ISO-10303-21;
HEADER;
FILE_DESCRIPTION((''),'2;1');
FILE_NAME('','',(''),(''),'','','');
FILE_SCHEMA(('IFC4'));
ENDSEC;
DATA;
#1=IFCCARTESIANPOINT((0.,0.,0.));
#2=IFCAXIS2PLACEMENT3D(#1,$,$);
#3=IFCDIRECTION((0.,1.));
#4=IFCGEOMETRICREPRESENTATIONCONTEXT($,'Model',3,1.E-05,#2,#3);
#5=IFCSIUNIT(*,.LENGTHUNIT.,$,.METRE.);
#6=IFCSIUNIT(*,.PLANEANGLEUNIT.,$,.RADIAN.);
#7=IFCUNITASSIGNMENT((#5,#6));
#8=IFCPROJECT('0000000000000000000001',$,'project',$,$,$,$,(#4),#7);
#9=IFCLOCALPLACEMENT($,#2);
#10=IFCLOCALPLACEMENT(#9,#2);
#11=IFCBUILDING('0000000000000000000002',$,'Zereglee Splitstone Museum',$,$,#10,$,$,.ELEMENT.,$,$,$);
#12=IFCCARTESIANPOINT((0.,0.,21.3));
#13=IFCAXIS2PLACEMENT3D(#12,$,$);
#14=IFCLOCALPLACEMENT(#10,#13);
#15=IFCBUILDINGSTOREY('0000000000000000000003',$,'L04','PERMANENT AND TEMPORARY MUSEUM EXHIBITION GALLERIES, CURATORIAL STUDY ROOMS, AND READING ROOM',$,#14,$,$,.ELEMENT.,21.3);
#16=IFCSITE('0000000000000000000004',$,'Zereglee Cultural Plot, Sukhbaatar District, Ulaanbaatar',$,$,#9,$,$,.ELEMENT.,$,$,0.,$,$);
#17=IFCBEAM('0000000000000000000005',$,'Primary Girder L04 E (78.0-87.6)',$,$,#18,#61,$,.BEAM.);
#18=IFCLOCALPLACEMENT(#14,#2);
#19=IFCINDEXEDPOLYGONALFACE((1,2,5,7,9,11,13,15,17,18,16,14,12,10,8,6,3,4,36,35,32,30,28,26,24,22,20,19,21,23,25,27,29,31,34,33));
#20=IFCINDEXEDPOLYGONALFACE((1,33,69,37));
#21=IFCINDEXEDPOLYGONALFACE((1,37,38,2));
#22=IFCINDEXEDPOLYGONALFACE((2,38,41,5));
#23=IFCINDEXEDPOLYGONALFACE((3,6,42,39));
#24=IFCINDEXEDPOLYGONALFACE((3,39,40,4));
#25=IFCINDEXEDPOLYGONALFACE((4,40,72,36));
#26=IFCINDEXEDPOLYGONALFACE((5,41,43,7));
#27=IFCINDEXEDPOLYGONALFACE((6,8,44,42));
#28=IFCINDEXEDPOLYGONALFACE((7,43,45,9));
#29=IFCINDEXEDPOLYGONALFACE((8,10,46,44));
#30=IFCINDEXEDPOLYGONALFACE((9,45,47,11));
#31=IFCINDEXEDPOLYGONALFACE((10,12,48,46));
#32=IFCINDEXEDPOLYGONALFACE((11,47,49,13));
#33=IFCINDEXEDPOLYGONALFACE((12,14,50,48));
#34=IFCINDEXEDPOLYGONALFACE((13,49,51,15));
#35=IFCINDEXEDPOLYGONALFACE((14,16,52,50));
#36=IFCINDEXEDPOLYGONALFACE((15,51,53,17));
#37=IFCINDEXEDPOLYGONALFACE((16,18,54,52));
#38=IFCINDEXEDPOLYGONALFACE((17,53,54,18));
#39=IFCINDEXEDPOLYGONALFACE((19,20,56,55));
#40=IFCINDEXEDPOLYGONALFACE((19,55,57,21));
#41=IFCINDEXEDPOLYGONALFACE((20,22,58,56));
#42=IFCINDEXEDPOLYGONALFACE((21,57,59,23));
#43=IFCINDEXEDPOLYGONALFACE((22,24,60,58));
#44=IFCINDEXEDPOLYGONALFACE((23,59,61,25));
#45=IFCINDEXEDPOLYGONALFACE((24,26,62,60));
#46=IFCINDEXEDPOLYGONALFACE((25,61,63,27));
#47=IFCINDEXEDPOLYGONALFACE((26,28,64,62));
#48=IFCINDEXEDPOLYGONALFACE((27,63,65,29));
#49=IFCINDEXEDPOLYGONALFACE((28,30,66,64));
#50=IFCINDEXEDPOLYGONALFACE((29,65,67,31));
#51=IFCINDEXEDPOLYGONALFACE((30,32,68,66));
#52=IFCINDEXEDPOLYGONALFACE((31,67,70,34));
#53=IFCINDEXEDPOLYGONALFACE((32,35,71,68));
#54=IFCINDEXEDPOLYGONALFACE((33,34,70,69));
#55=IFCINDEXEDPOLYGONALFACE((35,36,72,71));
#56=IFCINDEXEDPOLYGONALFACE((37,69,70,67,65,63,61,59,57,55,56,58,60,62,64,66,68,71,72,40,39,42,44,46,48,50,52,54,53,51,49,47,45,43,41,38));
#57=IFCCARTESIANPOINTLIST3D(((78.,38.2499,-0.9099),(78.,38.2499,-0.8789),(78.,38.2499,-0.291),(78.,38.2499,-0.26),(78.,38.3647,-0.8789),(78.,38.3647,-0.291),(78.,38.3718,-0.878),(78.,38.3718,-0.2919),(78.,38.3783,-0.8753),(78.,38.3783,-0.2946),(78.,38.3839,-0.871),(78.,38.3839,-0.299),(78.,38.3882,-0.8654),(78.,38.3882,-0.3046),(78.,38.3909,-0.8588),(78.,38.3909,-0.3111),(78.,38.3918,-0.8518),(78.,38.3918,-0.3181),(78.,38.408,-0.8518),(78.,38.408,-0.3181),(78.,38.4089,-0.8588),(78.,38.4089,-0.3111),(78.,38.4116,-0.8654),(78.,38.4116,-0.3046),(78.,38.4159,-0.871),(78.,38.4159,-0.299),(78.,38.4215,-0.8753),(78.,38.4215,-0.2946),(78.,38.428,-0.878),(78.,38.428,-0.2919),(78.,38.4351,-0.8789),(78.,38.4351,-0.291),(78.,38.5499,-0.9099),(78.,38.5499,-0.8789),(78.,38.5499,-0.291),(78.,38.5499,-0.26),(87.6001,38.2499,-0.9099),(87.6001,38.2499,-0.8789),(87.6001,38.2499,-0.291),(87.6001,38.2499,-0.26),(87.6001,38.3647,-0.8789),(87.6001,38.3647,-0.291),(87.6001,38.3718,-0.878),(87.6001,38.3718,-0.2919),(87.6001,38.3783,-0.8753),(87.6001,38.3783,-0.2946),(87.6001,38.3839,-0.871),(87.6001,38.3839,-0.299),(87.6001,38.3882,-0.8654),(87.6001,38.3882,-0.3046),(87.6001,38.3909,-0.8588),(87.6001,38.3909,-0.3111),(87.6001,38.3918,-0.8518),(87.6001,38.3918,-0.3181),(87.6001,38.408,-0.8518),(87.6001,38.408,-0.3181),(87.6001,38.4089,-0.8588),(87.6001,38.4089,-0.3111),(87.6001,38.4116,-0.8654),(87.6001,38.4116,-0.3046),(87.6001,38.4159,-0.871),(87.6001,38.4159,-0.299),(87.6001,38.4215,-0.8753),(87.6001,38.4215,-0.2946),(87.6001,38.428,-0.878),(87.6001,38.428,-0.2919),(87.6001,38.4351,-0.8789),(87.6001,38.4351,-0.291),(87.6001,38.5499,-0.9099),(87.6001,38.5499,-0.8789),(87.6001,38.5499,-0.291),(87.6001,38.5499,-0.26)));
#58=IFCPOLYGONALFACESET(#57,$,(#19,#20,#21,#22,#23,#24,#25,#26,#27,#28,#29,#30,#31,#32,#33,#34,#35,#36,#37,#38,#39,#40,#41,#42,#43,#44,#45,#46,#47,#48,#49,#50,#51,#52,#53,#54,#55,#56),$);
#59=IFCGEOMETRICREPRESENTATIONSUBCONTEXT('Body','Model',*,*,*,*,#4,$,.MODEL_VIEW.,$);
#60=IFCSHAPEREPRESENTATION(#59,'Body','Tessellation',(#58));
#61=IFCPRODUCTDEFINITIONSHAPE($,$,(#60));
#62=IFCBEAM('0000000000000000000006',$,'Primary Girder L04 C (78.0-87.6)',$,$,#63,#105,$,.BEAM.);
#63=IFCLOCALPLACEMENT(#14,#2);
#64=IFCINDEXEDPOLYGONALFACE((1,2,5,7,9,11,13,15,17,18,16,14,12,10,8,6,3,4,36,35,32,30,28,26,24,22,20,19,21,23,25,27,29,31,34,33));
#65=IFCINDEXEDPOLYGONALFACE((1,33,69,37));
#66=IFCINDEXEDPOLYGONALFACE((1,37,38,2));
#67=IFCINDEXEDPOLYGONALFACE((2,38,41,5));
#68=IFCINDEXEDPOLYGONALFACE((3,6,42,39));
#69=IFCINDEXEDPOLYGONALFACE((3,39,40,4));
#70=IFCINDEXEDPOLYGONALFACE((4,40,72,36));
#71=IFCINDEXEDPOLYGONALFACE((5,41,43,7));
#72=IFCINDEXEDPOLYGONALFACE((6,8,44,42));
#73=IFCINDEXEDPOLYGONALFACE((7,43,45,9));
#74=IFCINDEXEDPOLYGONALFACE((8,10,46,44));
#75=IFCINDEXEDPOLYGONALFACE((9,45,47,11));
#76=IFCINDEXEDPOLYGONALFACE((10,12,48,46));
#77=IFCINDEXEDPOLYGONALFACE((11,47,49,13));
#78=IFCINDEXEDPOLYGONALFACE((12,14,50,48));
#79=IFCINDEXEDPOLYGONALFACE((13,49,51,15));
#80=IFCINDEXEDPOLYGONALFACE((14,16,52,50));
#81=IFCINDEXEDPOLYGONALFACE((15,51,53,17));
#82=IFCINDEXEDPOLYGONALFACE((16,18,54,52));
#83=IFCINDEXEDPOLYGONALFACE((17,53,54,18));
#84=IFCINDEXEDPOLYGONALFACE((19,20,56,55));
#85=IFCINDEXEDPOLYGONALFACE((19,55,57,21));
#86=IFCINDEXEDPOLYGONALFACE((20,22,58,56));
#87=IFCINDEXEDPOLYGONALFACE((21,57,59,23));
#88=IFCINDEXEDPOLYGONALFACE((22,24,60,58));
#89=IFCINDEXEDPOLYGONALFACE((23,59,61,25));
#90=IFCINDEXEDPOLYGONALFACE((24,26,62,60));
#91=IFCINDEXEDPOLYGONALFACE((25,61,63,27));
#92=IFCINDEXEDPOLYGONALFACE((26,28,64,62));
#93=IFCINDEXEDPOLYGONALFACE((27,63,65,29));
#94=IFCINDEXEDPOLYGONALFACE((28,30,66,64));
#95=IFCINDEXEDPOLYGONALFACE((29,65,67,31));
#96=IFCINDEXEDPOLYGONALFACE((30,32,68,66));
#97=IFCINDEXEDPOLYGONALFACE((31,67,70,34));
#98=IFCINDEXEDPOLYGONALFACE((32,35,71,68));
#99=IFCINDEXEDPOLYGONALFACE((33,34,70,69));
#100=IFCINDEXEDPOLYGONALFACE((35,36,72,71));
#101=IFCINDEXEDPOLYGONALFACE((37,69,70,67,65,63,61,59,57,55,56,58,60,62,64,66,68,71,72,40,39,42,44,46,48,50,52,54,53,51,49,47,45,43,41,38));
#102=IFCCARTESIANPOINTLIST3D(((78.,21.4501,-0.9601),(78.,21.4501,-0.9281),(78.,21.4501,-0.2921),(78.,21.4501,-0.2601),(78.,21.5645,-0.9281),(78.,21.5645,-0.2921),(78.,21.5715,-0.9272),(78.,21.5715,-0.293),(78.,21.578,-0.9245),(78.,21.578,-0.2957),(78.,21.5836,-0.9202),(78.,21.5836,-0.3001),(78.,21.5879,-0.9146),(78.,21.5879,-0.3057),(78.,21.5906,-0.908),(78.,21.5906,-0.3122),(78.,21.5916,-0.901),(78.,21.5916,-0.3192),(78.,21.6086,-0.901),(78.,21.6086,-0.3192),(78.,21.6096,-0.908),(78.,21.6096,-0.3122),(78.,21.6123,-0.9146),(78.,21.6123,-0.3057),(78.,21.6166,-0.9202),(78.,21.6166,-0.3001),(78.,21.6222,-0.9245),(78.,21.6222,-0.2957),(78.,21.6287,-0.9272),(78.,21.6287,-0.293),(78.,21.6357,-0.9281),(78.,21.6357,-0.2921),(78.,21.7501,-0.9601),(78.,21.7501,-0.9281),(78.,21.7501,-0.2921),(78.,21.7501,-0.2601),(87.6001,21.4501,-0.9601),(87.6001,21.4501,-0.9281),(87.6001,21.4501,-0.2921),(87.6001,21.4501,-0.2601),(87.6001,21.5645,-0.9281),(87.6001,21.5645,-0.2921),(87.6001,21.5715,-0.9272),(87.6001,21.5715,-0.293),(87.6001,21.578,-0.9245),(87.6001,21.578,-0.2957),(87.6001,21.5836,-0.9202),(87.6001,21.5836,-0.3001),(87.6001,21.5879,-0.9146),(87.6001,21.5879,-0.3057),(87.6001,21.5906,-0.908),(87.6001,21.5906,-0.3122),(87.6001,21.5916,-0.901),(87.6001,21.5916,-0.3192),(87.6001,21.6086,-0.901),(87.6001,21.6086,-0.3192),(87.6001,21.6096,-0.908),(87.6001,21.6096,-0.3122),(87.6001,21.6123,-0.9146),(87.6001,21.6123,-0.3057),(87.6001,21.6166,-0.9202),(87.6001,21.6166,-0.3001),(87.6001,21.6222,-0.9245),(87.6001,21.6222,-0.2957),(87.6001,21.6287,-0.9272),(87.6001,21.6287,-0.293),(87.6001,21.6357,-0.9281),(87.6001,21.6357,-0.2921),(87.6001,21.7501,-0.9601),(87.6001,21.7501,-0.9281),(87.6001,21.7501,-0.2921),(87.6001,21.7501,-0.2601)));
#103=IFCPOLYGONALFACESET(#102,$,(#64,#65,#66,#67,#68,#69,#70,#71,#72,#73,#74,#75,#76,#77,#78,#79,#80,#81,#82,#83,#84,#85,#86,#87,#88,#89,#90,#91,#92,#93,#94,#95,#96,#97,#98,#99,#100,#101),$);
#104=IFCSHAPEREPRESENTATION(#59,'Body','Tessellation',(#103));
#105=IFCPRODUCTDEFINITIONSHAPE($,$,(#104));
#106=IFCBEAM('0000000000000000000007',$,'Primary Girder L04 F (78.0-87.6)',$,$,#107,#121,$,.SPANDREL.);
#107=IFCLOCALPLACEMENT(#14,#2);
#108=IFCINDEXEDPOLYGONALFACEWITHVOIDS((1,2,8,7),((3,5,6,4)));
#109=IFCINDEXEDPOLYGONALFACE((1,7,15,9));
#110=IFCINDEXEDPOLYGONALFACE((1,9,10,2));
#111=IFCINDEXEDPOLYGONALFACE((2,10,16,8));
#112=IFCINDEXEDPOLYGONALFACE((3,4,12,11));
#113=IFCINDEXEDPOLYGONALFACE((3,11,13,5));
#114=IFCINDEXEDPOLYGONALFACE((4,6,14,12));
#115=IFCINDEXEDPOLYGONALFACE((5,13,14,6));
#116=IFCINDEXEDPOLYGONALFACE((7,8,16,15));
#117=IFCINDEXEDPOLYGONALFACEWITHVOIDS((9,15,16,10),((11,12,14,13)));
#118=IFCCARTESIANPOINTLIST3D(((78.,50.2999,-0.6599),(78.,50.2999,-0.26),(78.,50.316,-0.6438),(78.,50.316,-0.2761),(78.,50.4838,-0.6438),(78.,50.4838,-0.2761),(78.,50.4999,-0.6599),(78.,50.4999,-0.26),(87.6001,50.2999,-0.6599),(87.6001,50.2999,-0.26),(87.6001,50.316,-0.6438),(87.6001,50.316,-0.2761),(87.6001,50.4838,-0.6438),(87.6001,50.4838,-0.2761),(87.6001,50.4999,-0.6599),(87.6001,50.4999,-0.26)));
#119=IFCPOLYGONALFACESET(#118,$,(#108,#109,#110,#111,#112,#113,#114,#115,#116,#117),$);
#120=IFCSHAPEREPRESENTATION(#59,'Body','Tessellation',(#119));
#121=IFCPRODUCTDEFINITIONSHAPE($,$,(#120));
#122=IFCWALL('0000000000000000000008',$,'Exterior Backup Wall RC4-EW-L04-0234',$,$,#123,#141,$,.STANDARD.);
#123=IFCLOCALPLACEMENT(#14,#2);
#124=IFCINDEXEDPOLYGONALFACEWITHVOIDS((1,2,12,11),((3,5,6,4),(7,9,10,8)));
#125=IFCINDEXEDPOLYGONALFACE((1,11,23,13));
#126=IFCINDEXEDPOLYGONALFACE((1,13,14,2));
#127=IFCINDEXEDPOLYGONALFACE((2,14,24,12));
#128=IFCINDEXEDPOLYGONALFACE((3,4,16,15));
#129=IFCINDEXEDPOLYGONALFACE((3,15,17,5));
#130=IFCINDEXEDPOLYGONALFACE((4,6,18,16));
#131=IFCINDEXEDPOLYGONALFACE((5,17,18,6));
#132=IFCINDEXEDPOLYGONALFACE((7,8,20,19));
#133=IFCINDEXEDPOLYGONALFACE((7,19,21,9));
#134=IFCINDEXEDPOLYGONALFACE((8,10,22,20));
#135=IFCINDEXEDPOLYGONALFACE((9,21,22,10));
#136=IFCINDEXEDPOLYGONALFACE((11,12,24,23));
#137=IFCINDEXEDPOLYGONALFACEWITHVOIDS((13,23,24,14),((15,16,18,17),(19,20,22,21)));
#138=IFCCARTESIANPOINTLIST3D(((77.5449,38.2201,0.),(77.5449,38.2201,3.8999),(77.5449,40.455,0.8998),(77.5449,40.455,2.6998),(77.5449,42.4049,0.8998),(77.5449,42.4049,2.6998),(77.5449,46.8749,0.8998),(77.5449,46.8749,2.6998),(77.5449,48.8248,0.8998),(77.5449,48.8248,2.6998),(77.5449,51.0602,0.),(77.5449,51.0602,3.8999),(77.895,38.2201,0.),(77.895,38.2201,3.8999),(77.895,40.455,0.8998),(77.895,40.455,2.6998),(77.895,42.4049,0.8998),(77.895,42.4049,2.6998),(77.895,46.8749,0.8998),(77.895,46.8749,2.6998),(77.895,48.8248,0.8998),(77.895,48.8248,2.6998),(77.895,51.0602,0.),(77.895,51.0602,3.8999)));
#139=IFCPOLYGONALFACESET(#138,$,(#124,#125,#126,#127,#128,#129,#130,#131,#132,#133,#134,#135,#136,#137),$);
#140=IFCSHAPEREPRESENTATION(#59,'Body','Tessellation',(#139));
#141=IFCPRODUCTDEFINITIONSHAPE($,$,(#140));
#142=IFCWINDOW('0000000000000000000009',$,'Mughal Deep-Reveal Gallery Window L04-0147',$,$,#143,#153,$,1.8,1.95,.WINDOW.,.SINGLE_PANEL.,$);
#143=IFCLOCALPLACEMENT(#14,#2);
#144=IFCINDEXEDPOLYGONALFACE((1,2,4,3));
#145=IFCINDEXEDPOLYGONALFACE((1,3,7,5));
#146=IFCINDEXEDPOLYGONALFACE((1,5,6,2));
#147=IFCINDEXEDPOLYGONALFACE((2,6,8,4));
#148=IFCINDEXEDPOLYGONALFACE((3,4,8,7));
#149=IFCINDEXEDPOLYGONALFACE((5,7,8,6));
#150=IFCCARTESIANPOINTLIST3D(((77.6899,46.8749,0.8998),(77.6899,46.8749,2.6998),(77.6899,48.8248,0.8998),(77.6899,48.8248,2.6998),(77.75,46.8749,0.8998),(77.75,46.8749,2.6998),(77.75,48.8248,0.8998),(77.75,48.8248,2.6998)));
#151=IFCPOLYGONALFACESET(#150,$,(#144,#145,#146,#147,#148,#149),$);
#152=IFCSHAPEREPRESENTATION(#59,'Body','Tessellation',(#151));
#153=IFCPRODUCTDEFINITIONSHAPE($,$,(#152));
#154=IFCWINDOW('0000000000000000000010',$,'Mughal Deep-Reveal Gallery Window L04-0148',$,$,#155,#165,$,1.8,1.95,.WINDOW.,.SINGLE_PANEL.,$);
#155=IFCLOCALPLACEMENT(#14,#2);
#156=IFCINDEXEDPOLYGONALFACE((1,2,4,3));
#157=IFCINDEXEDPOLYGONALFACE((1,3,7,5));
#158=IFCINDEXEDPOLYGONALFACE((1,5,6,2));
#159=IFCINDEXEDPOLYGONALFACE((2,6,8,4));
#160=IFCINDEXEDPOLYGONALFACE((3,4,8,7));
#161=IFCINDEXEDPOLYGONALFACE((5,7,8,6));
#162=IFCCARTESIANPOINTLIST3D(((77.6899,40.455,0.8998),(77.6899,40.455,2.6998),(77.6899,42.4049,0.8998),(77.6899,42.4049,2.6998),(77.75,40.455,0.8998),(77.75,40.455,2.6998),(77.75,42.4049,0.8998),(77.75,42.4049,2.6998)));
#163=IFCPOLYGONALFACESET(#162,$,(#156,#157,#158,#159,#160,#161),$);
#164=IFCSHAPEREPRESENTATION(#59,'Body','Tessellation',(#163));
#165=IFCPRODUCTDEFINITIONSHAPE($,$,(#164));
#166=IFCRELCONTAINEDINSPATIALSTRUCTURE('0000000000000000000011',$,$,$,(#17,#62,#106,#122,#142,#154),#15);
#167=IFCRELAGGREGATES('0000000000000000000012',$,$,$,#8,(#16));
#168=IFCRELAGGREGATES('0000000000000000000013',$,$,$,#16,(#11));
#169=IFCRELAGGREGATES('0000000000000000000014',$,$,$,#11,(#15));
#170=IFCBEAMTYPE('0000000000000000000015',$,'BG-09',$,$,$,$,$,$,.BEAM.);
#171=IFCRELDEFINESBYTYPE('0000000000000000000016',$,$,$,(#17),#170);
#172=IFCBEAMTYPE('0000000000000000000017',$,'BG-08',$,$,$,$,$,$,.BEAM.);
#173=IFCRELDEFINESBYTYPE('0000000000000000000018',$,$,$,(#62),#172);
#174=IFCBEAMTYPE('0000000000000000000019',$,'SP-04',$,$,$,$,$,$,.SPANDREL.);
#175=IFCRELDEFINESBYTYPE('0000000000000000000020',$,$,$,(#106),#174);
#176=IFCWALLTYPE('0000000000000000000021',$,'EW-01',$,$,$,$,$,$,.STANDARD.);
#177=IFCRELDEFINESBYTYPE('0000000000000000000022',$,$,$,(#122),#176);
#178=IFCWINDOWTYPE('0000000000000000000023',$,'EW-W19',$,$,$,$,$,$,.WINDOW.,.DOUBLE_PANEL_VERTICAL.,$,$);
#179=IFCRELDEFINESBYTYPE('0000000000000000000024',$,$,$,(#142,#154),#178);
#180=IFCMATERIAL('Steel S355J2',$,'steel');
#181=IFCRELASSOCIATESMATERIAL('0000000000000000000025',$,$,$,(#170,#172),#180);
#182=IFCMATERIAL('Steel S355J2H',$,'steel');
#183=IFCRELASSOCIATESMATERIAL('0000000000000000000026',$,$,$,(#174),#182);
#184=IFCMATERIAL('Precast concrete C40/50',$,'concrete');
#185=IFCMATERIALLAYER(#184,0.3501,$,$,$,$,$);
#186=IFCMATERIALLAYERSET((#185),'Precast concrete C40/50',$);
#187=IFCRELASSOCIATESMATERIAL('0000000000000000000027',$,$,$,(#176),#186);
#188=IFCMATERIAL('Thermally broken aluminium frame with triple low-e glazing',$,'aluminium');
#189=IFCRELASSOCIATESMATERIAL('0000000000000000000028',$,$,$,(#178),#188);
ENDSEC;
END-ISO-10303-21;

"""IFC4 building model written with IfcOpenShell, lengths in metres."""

from ifc_helpers import new_model, si_unit, direction, frame, frame_2d, origin, origin_2d, place, context, subcontext, project, spatial, rectangle, hollow_rectangle, i_section, extrude, material, layer, layer_set, material_profile, profile_set, type_object, element, fill, save


model = new_model("IFC4")

# Units and contexts
model_context = context("Model", 3, precision=1e-05, world=origin(), true_north=direction((0.0, 1.0)))
body_context = subcontext(model_context, "Body", "Model", "MODEL_VIEW")
ifc_project = project(units=[si_unit("LENGTHUNIT", "METRE"), si_unit("PLANEANGLEUNIT", "RADIAN")], contexts=[model_context])

# Site, building, storey
site_placement = place(None, origin())
site = spatial("IfcSite", under=ifc_project, at=site_placement, Name="Zereglee Cultural Plot, Sukhbaatar District, Ulaanbaatar", CompositionType="ELEMENT", RefElevation=0.0)
building_placement = place(site_placement, origin())
building = spatial("IfcBuilding", under=site, at=building_placement, Name="Zereglee Splitstone Museum", CompositionType="ELEMENT")
storey_placement = place(building_placement, frame((0.0, 0.0, 21.3)))
storey = spatial("IfcBuildingStorey", under=building, at=storey_placement, Name="L04", Description="PERMANENT AND TEMPORARY MUSEUM EXHIBITION GALLERIES, CURATORIAL STUDY ROOMS, AND READING ROOM", CompositionType="ELEMENT", Elevation=21.3)

# Shared definitions
ifc_material_1 = material(Name="Steel S355J2H", Category="steel")
ifc_material_2 = material(Name="Steel S355J2", Category="steel")

# Beams
ifc_material_profile_1 = material_profile(ifc_material_2, i_section(OverallWidth=0.3, OverallDepth=0.6499, WebThickness=0.0161, FlangeThickness=0.031, FilletRadius=0.0271, at=origin_2d()), Name="HE 650 B")
ifc_profile_set_1 = profile_set([ifc_material_profile_1], Name="Steel S355J2")
beam_type_1 = type_object("IfcBeamType", Name="BG-09", PredefinedType="BEAM", material=ifc_profile_set_1)
beam_1_placement = place(storey_placement, frame((78.0, 38.3999, -0.585), z_axis=(1.0, 0.0, 0.0), x_axis=(0.0, 1.0, 0.0)))
element("IfcBeam", 1, at=beam_1_placement, inside=storey, type_object=beam_type_1, Name="Primary Girder L04 E (78.0-87.6)", PredefinedType="BEAM", context=body_context, shape_type="SweptSolid", body=[
    extrude(i_section(OverallWidth=0.3, OverallDepth=0.6499, WebThickness=0.0161, FlangeThickness=0.031, FilletRadius=0.0271, at=origin_2d()), origin(), (0.0, 0.0, 1.0), 9.6001),
])
ifc_material_profile_2 = material_profile(ifc_material_2, i_section(OverallWidth=0.3, OverallDepth=0.7, WebThickness=0.0171, FlangeThickness=0.032, FilletRadius=0.0271, at=origin_2d()), Name="HE 700 B")
ifc_profile_set_2 = profile_set([ifc_material_profile_2], Name="Steel S355J2")
beam_type_2 = type_object("IfcBeamType", Name="BG-08", PredefinedType="BEAM", material=ifc_profile_set_2)
beam_2_placement = place(storey_placement, frame((78.0, 21.6001, -0.6101), z_axis=(1.0, 0.0, 0.0), x_axis=(0.0, 1.0, 0.0)))
element("IfcBeam", 2, at=beam_2_placement, inside=storey, type_object=beam_type_2, Name="Primary Girder L04 C (78.0-87.6)", PredefinedType="BEAM", context=body_context, shape_type="SweptSolid", body=[
    extrude(i_section(OverallWidth=0.3, OverallDepth=0.7, WebThickness=0.0171, FlangeThickness=0.032, FilletRadius=0.0271, at=origin_2d()), origin(), (0.0, 0.0, 1.0), 9.6001),
])
ifc_material_profile_3 = material_profile(ifc_material_1, hollow_rectangle(XDim=0.2, YDim=0.3999, WallThickness=0.0161, at=origin_2d()), Name="RHS 400x200x16")
ifc_profile_set_3 = profile_set([ifc_material_profile_3], Name="Steel S355J2H")
beam_type_3 = type_object("IfcBeamType", Name="SP-04", PredefinedType="SPANDREL", material=ifc_profile_set_3)
beam_3_placement = place(storey_placement, frame((78.0, 50.3999, -0.46), z_axis=(1.0, 0.0, 0.0), x_axis=(0.0, 1.0, 0.0)))
element("IfcBeam", 3, at=beam_3_placement, inside=storey, type_object=beam_type_3, Name="Primary Girder L04 F (78.0-87.6)", PredefinedType="SPANDREL", context=body_context, shape_type="SweptSolid", body=[
    extrude(hollow_rectangle(XDim=0.2, YDim=0.3999, WallThickness=0.0161, at=origin_2d()), origin(), (0.0, 0.0, 1.0), 9.6001),
])

# Wall, openings, windows
ifc_material_3 = material(Name="Precast concrete C40/50", Category="concrete")
ifc_layer_1 = layer(ifc_material_3, 0.3501)
ifc_layer_set_1 = layer_set([ifc_layer_1], Name="Precast concrete C40/50")
wall_type_1 = type_object("IfcWallType", Name="EW-01", PredefinedType="STANDARD", material=ifc_layer_set_1)
wall_1_placement = place(storey_placement, frame((77.72, 51.0601, 0.0), z_axis=(0.0, 0.0, 1.0), x_axis=(0.0, -1.0, 0.0)))
wall_1 = element("IfcWall", 4, at=wall_1_placement, inside=storey, type_object=wall_type_1, Name="Exterior Backup Wall RC4-EW-L04-0234", PredefinedType="STANDARD", context=body_context, shape_type="SweptSolid", body=[
    extrude(rectangle(XDim=12.8401, YDim=0.3501, at=frame_2d((6.4199, 0.0))), origin(), (0.0, 0.0, 1.0), 3.8999),
])
opening_1_placement = place(wall_1_placement, frame((2.2351, 0.0, 0.8999)))
opening_1 = element("IfcOpeningElement", 5, at=opening_1_placement, cuts=wall_1, PredefinedType="OPENING", context=body_context, shape_type="SweptSolid", body=[
    extrude(rectangle(XDim=1.95, YDim=1.8, at=frame_2d((0.9751, 0.8999))), frame((0.0, 0.1899, 0.0), z_axis=(0.0, -1.0, 0.0), x_axis=(1.0, 0.0, 0.0)), (0.0, 0.0, 1.0), 0.3799),
])
opening_2_placement = place(wall_1_placement, frame((8.655, 0.0, 0.8999)))
opening_2 = element("IfcOpeningElement", 6, at=opening_2_placement, cuts=wall_1, PredefinedType="OPENING", context=body_context, shape_type="SweptSolid", body=[
    extrude(rectangle(XDim=1.95, YDim=1.8, at=frame_2d((0.9751, 0.8999))), frame((0.0, 0.1899, 0.0), z_axis=(0.0, -1.0, 0.0), x_axis=(1.0, 0.0, 0.0)), (0.0, 0.0, 1.0), 0.3799),
])
ifc_material_4 = material(Name="Thermally broken aluminium frame with triple low-e glazing", Category="aluminium")
window_type_1 = type_object("IfcWindowType", Name="EW-W19", PartitioningType="DOUBLE_PANEL_VERTICAL", PredefinedType="WINDOW", material=ifc_material_4)
window_1_placement = place(opening_1_placement, origin())
window_1 = element("IfcWindow", 7, at=window_1_placement, inside=storey, type_object=window_type_1, Name="Mughal Deep-Reveal Gallery Window L04-0147", OverallHeight=1.8, OverallWidth=1.95, PartitioningType="SINGLE_PANEL", PredefinedType="WINDOW", context=body_context, shape_type="SweptSolid", body=[
    extrude(rectangle(XDim=1.95, YDim=1.8, at=frame_2d((0.9751, 0.8999))), frame((0.0, 0.03, 0.0), z_axis=(0.0, -1.0, 0.0), x_axis=(1.0, 0.0, 0.0)), (0.0, 0.0, 1.0), 0.0601),
])
fill(opening_1, window_1)
window_2_placement = place(opening_2_placement, origin())
window_2 = element("IfcWindow", 8, at=window_2_placement, inside=storey, type_object=window_type_1, Name="Mughal Deep-Reveal Gallery Window L04-0148", OverallHeight=1.8, OverallWidth=1.95, PartitioningType="SINGLE_PANEL", PredefinedType="WINDOW", context=body_context, shape_type="SweptSolid", body=[
    extrude(rectangle(XDim=1.95, YDim=1.8, at=frame_2d((0.9751, 0.8999))), frame((0.0, 0.03, 0.0), z_axis=(0.0, -1.0, 0.0), x_axis=(1.0, 0.0, 0.0)), (0.0, 0.0, 1.0), 0.0601),
])
fill(opening_2, window_2)

save(model, "model.ifc")
